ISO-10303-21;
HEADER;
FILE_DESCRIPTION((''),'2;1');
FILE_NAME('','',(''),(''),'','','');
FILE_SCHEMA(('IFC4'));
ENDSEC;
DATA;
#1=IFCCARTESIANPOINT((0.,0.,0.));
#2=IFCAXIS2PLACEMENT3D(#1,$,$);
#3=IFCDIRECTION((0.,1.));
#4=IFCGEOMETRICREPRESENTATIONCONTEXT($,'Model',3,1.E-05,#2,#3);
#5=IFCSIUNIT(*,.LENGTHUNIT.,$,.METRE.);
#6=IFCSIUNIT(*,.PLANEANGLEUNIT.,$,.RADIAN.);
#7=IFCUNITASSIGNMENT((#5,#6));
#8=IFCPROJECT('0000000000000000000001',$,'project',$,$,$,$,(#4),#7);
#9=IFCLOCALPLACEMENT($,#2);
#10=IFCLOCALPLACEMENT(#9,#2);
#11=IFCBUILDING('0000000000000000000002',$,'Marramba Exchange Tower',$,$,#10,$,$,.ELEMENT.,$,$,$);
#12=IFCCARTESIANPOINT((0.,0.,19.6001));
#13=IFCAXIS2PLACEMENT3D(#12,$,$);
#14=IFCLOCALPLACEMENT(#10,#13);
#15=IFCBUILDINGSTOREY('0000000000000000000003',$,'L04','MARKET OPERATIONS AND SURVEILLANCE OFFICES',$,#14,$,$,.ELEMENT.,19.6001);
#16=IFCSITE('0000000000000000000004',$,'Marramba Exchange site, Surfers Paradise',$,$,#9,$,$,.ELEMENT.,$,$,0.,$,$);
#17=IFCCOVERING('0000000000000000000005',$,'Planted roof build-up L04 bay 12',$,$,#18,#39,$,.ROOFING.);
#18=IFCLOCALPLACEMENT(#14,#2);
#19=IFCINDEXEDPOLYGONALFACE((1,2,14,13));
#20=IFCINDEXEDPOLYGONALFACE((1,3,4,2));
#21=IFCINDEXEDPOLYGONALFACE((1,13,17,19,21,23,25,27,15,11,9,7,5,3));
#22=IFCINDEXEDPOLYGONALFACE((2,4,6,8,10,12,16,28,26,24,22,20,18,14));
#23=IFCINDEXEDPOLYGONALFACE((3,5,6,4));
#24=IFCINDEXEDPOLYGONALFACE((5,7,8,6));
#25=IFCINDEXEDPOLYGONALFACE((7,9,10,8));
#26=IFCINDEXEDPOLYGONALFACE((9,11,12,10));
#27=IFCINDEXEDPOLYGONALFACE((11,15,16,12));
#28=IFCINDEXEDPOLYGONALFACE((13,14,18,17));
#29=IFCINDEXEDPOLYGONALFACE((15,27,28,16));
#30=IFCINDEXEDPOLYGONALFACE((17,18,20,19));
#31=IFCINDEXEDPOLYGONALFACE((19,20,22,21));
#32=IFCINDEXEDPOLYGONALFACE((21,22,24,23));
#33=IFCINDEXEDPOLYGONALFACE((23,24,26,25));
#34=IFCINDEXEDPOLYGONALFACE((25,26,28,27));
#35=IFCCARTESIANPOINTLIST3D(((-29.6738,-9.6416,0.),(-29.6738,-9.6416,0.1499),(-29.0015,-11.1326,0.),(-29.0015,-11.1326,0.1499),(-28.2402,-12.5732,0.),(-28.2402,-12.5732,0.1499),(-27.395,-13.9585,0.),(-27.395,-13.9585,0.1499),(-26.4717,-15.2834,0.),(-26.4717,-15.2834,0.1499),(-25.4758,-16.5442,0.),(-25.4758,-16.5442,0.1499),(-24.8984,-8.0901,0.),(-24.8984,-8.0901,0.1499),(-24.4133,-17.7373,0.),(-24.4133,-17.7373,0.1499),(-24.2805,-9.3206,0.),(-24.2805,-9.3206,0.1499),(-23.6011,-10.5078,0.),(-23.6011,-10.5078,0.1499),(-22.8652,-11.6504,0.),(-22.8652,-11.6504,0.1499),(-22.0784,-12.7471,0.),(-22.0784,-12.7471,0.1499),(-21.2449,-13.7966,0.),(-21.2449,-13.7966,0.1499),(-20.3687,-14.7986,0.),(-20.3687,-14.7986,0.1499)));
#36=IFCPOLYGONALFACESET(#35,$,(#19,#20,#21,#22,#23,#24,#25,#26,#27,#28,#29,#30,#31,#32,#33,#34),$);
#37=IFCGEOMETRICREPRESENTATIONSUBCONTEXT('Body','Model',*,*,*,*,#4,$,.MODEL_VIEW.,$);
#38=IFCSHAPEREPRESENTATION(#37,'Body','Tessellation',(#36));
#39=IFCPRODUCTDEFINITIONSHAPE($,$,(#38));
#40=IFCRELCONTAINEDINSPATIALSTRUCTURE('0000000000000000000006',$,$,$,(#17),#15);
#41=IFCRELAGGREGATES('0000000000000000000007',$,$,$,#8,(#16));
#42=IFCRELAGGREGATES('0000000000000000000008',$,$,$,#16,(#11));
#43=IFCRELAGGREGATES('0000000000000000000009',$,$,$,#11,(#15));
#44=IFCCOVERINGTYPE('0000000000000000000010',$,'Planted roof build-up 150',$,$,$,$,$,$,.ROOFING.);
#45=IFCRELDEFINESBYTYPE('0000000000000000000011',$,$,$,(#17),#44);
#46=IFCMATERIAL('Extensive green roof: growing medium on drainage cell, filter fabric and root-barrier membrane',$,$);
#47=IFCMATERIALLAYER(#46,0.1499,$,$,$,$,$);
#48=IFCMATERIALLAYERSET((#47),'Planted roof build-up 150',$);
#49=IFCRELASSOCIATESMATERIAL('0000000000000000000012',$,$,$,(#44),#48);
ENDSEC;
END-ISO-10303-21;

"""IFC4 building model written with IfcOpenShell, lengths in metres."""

from ifc_helpers import new_model, si_unit, direction, frame, origin, place, context, subcontext, project, spatial, polyline, outline, extrude, material, layer, layer_set, type_object, element, save


model = new_model("IFC4")

# Units and contexts
model_context = context("Model", 3, precision=1e-05, world=origin(), true_north=direction((0.0, 1.0)))
body_context = subcontext(model_context, "Body", "Model", "MODEL_VIEW")
ifc_project = project(units=[si_unit("LENGTHUNIT", "METRE"), si_unit("PLANEANGLEUNIT", "RADIAN")], contexts=[model_context])

# Site, building, storey
site_placement = place(None, origin())
site = spatial("IfcSite", under=ifc_project, at=site_placement, Name="Marramba Exchange site, Surfers Paradise", CompositionType="ELEMENT", RefElevation=0.0)
building_placement = place(site_placement, origin())
building = spatial("IfcBuilding", under=site, at=building_placement, Name="Marramba Exchange Tower", CompositionType="ELEMENT")
storey_placement = place(building_placement, frame((0.0, 0.0, 19.6001)))
storey = spatial("IfcBuildingStorey", under=building, at=storey_placement, Name="L04", Description="MARKET OPERATIONS AND SURVEILLANCE OFFICES", CompositionType="ELEMENT", Elevation=19.6001)

# Covering
ifc_material_1 = material(Name="Extensive green roof: growing medium on drainage cell, filter fabric and root-barrier membrane")
ifc_layer_1 = layer(ifc_material_1, 0.1499)
ifc_layer_set_1 = layer_set([ifc_layer_1], Name="Planted roof build-up 150")
covering_type = type_object("IfcCoveringType", Name="Planted roof build-up 150", PredefinedType="ROOFING", material=ifc_layer_set_1)
covering_1_placement = place(storey_placement, origin())
element("IfcCovering", 1, at=covering_1_placement, inside=storey, type_object=covering_type, Name="Planted roof build-up L04 bay 12", PredefinedType="ROOFING", context=body_context, shape_type="SweptSolid", body=[
    extrude(outline(polyline([(-24.8984, -8.0901), (-24.2805, -9.3206), (-23.6011, -10.5078), (-22.8652, -11.6504), (-22.0784, -12.7471), (-21.2449, -13.7966), (-20.3687, -14.7986), (-24.4133, -17.7373), (-24.4133, -17.7373), (-25.4758, -16.5442), (-26.4717, -15.2834), (-27.395, -13.9585), (-28.2402, -12.5732), (-29.0015, -11.1326), (-29.6738, -9.6416), (-24.8984, -8.0901)])), origin(), (0.0, 0.0, 1.0), 0.1499),
])

save(model, "model.ifc")
